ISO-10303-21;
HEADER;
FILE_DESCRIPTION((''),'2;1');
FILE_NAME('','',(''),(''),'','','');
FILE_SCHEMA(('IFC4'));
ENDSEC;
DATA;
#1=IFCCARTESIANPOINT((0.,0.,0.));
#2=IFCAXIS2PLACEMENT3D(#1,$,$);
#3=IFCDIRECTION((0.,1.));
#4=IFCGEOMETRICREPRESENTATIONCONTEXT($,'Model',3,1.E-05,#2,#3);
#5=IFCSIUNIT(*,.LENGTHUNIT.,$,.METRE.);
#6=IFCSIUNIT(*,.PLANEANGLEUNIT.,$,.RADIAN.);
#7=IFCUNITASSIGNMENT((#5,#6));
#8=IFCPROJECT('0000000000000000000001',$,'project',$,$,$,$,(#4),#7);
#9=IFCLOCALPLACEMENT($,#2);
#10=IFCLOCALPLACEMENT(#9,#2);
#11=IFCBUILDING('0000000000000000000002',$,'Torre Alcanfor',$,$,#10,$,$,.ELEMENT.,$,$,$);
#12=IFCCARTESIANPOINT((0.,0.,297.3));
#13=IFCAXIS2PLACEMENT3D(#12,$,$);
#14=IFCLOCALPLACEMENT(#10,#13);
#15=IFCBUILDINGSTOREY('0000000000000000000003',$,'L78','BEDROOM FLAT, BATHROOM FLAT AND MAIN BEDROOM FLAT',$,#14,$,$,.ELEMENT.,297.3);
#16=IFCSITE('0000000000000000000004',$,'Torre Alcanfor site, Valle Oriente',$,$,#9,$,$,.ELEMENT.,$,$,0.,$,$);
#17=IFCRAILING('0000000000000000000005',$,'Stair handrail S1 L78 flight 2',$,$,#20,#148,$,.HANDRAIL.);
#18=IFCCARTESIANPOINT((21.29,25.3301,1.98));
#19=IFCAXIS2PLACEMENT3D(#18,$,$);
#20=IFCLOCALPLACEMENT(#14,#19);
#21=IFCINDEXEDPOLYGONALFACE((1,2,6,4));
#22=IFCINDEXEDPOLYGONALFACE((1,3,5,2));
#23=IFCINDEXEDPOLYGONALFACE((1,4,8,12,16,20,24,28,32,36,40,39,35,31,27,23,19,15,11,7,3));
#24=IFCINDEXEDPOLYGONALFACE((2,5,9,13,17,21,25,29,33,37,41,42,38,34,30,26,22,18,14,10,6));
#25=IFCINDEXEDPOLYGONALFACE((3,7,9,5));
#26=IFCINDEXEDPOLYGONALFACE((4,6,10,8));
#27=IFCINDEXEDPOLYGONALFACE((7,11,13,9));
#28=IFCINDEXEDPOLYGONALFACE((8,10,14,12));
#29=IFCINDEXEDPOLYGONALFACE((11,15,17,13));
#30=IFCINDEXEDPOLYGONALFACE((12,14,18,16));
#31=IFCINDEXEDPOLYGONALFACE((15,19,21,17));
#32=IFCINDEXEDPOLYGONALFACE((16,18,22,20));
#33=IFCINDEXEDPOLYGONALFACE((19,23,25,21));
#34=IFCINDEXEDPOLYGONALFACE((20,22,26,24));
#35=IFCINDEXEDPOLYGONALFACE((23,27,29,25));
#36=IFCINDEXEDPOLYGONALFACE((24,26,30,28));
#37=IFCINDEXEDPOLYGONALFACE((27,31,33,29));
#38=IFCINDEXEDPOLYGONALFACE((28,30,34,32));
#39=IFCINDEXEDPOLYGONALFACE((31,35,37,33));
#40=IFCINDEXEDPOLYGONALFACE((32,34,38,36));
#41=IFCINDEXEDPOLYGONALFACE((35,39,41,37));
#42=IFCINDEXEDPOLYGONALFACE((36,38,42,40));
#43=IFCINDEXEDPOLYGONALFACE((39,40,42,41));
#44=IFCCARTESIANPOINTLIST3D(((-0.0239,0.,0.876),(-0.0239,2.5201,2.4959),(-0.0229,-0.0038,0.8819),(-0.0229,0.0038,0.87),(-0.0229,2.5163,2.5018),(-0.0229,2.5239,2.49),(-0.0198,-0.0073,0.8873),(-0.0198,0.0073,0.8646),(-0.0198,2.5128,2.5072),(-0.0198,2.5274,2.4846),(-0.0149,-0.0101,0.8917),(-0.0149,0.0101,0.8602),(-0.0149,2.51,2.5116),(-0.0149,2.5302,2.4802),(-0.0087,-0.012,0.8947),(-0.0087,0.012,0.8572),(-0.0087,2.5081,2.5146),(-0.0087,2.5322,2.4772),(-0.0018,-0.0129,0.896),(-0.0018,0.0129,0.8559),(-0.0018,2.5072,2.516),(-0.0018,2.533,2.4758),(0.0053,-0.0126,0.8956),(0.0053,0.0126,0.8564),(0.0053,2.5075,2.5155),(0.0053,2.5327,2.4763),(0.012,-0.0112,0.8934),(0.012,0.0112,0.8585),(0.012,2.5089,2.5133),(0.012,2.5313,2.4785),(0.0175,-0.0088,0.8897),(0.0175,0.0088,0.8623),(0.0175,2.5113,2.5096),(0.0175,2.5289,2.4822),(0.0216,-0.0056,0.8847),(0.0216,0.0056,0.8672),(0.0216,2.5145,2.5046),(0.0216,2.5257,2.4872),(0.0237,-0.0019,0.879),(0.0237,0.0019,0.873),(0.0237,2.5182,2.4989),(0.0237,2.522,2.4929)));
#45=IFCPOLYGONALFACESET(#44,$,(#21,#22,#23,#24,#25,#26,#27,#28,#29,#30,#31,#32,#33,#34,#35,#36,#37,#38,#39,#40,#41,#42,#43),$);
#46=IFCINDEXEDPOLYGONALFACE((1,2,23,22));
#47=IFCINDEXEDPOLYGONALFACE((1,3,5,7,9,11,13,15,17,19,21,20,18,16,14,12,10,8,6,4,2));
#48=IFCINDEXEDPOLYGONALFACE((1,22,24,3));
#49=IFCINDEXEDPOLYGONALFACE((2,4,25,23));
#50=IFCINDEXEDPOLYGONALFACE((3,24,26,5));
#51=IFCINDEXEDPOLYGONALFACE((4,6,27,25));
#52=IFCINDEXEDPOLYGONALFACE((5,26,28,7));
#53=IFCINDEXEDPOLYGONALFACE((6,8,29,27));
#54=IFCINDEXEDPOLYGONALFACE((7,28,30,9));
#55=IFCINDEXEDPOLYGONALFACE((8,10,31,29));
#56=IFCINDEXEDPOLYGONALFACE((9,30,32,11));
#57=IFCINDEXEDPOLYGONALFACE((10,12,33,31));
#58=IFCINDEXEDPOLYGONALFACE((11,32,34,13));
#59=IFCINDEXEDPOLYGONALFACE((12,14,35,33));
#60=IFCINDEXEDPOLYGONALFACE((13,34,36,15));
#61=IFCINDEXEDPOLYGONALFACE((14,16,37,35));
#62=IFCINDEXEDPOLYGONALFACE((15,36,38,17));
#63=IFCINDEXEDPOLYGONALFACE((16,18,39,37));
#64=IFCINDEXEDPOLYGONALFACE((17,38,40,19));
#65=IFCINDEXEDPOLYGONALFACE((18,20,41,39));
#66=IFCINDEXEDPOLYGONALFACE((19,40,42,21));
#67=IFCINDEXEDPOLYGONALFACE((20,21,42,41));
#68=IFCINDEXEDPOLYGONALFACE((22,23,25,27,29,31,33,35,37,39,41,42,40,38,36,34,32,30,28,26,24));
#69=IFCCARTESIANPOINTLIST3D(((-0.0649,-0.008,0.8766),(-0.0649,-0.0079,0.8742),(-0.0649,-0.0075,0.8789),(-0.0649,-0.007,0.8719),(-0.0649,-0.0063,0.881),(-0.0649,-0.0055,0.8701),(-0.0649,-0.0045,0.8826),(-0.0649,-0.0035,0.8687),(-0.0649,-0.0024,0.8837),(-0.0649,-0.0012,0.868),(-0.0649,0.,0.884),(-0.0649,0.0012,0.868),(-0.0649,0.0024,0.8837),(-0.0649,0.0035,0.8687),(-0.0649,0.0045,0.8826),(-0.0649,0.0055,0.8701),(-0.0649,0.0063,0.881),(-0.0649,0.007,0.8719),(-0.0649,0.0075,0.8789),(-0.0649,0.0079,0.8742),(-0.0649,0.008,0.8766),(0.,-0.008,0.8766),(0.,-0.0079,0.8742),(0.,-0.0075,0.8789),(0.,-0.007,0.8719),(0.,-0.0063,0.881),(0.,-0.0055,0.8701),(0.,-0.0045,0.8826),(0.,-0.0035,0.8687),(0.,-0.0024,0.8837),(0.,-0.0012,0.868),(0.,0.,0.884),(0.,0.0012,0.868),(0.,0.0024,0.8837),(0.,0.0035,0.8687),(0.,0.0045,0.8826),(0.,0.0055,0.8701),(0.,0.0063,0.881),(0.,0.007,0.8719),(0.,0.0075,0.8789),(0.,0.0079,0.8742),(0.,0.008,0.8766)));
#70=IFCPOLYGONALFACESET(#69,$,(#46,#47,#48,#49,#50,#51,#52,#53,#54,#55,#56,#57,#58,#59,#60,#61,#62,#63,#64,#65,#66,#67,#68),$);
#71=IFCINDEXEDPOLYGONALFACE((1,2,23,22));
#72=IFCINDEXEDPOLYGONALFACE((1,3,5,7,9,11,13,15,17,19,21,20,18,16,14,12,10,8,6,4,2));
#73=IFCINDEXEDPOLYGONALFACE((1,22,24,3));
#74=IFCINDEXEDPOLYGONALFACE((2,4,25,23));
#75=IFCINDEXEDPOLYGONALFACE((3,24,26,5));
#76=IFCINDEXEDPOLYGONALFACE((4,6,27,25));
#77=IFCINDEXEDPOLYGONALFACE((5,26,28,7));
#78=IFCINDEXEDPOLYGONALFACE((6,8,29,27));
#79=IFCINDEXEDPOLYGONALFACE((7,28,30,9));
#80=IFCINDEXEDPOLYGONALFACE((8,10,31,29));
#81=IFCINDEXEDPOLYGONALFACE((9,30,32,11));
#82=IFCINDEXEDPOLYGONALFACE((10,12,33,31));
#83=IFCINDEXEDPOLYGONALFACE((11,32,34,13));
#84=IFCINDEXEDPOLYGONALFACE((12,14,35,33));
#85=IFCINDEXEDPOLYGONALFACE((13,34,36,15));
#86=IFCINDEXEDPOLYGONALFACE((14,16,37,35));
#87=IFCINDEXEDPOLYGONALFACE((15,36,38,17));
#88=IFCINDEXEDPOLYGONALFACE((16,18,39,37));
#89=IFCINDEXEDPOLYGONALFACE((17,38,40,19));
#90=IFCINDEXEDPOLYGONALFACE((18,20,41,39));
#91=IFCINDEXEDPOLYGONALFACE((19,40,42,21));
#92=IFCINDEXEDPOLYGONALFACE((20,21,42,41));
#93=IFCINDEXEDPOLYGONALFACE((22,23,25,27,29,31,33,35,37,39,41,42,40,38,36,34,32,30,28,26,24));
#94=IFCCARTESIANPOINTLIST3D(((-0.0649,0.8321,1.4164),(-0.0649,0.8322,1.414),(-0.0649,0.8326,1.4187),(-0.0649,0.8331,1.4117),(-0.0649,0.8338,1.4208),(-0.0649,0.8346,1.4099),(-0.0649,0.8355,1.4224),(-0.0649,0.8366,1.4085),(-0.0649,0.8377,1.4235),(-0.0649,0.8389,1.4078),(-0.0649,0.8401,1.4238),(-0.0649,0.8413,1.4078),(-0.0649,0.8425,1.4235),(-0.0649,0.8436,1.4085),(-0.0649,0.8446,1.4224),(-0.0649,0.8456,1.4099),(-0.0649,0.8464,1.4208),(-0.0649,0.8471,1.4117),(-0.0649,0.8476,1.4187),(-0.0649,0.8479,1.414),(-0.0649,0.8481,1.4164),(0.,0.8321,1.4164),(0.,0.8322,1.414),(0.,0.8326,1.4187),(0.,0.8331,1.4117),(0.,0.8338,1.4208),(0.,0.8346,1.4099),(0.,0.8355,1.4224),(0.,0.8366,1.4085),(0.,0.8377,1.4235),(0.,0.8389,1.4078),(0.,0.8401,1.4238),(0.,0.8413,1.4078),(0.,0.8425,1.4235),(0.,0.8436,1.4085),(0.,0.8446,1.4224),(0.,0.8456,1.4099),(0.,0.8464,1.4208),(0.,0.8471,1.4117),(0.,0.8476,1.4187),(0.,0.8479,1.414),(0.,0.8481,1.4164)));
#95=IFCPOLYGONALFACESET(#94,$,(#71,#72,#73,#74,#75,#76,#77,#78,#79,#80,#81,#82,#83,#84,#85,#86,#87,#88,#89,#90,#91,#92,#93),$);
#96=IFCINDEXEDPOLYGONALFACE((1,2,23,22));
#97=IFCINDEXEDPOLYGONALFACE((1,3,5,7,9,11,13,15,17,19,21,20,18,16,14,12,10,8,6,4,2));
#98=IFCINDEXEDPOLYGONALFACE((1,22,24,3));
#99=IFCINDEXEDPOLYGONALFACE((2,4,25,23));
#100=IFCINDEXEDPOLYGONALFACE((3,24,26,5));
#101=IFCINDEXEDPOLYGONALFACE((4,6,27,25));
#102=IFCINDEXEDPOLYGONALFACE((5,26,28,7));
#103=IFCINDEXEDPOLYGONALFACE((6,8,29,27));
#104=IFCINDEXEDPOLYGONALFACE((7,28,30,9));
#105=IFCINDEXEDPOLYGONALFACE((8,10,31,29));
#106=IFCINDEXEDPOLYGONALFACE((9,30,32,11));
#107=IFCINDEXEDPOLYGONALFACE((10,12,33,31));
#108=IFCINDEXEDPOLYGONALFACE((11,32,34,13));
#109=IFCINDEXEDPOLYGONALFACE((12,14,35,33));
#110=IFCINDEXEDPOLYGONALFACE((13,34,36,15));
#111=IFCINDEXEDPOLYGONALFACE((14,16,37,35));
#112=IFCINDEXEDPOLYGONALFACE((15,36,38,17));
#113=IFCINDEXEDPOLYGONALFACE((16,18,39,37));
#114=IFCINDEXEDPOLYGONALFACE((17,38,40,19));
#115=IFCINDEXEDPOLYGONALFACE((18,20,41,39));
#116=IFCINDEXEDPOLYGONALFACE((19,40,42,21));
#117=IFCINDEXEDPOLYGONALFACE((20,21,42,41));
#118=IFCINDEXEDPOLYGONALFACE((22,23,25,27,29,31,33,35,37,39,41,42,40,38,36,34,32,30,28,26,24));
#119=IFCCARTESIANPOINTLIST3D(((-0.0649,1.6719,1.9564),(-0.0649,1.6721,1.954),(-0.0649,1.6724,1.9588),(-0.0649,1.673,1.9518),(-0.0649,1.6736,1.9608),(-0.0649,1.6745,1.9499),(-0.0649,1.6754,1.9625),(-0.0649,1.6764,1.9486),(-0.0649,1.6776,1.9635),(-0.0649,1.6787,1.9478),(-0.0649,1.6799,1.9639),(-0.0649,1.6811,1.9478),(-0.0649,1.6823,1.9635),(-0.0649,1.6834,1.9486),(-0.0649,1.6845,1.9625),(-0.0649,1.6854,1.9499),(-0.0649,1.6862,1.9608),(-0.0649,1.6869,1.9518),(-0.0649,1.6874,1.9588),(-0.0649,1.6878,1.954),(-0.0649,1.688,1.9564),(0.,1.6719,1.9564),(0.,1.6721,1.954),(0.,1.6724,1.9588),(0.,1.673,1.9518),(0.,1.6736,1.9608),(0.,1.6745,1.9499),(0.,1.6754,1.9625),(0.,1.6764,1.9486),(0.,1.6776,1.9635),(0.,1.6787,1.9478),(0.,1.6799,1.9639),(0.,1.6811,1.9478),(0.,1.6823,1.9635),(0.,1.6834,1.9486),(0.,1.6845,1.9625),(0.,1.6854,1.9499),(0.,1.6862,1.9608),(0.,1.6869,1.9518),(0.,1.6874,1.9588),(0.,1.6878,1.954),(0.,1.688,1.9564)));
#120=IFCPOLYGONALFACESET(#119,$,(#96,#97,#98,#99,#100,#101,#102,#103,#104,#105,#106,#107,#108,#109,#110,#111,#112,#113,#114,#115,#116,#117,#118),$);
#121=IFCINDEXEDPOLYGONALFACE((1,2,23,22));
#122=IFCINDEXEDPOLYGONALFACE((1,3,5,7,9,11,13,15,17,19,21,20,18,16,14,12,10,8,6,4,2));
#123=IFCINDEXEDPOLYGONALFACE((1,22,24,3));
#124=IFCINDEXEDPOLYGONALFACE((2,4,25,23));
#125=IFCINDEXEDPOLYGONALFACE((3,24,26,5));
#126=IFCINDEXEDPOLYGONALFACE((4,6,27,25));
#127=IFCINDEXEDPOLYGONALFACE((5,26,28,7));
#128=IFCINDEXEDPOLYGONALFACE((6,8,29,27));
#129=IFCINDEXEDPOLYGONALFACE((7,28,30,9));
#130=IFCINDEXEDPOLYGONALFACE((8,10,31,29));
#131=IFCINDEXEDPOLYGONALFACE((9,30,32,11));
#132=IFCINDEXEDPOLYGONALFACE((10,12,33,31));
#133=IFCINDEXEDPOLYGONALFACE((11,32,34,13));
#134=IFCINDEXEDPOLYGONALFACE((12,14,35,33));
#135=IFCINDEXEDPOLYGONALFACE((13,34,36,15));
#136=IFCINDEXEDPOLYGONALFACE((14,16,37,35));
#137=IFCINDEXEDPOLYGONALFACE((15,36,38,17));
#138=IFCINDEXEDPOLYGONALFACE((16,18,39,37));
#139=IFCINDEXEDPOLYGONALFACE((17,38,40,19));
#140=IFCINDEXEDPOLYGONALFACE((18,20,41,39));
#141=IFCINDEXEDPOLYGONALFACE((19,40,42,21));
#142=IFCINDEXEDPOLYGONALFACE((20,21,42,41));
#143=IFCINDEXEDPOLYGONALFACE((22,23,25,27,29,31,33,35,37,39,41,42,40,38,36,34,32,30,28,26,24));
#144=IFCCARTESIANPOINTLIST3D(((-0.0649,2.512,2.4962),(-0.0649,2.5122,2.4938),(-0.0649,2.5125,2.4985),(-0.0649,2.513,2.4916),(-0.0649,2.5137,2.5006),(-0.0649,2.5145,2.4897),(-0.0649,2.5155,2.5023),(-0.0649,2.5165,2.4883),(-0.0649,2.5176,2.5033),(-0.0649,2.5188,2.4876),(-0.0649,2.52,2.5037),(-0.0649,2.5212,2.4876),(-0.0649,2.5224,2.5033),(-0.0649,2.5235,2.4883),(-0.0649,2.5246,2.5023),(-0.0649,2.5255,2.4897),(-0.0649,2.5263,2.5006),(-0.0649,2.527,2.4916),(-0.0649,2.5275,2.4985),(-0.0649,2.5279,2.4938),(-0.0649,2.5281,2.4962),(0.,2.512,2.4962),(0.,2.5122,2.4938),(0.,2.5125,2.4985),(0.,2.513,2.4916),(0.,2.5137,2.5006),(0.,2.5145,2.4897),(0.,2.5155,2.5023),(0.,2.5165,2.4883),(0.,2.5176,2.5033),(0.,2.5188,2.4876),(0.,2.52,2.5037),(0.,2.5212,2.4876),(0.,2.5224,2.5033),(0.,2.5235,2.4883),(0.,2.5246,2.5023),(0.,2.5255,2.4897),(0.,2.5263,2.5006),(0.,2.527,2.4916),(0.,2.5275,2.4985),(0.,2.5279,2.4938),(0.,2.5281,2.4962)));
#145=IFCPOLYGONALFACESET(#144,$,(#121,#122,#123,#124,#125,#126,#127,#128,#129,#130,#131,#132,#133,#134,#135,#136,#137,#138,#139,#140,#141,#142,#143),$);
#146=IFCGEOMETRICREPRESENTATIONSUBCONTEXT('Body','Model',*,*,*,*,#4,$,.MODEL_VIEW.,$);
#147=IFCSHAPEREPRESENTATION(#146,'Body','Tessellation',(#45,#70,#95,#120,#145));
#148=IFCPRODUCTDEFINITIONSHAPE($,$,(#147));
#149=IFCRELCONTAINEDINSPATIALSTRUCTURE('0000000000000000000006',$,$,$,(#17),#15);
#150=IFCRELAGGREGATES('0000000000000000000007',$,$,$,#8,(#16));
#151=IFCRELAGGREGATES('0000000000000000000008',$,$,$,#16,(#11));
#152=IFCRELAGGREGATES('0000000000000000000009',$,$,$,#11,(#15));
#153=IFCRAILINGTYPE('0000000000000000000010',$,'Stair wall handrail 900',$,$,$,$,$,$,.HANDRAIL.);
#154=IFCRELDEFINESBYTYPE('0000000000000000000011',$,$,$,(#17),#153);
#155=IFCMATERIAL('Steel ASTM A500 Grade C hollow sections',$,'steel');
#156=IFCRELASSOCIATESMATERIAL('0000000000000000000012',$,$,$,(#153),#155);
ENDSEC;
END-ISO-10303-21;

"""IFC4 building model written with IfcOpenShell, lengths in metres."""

from ifc_helpers import new_model, si_unit, direction, frame, origin, origin_2d, place, context, subcontext, project, spatial, circle, extrude, material, type_object, element, save


model = new_model("IFC4")

# Units and contexts
model_context = context("Model", 3, precision=1e-05, world=origin(), true_north=direction((0.0, 1.0)))
body_context = subcontext(model_context, "Body", "Model", "MODEL_VIEW")
ifc_project = project(units=[si_unit("LENGTHUNIT", "METRE"), si_unit("PLANEANGLEUNIT", "RADIAN")], contexts=[model_context])

# Site, building, storey
site_placement = place(None, origin())
site = spatial("IfcSite", under=ifc_project, at=site_placement, Name="Torre Alcanfor site, Valle Oriente", CompositionType="ELEMENT", RefElevation=0.0)
building_placement = place(site_placement, origin())
building = spatial("IfcBuilding", under=site, at=building_placement, Name="Torre Alcanfor", CompositionType="ELEMENT")
storey_placement = place(building_placement, frame((0.0, 0.0, 297.3)))
storey = spatial("IfcBuildingStorey", under=building, at=storey_placement, Name="L78", Description="BEDROOM FLAT, BATHROOM FLAT AND MAIN BEDROOM FLAT", CompositionType="ELEMENT", Elevation=297.3)

# Railing
ifc_material_1 = material(Name="Steel ASTM A500 Grade C hollow sections", Category="steel")
railing_type_1 = type_object("IfcRailingType", Name="Stair wall handrail 900", PredefinedType="HANDRAIL", material=ifc_material_1)
railing_1_placement = place(storey_placement, frame((21.29, 25.3301, 1.98)))
element("IfcRailing", 1, at=railing_1_placement, inside=storey, type_object=railing_type_1, Name="Stair handrail S1 L78 flight 2", PredefinedType="HANDRAIL", context=body_context, shape_type="SweptSolid", body=[
    extrude(circle(Radius=0.0239, at=origin_2d()), frame((0.0, 0.0, 0.876), z_axis=(0.0, 0.8412, 0.540725), x_axis=(-1.0, 0.0, 0.0)), (0.0, 0.0, 1.0), 2.9958),
    extrude(circle(Radius=0.0081, at=origin_2d()), frame((0.0, 0.0, 0.876), z_axis=(-1.0, 0.0, 0.0), x_axis=(0.0, 0.0, 1.0)), (0.0, 0.0, 1.0), 0.0649),
    extrude(circle(Radius=0.0081, at=origin_2d()), frame((0.0, 0.8401, 1.4158), z_axis=(-1.0, 0.0, 0.0), x_axis=(0.0, 0.0, 1.0)), (0.0, 0.0, 1.0), 0.0649),
    extrude(circle(Radius=0.0081, at=origin_2d()), frame((0.0, 1.6799, 1.9558), z_axis=(-1.0, 0.0, 0.0), x_axis=(0.0, 0.0, 1.0)), (0.0, 0.0, 1.0), 0.0649),
    extrude(circle(Radius=0.0081, at=origin_2d()), frame((0.0, 2.52, 2.4956), z_axis=(-1.0, 0.0, 0.0), x_axis=(0.0, 0.0, 1.0)), (0.0, 0.0, 1.0), 0.0649),
])

save(model, "model.ifc")
